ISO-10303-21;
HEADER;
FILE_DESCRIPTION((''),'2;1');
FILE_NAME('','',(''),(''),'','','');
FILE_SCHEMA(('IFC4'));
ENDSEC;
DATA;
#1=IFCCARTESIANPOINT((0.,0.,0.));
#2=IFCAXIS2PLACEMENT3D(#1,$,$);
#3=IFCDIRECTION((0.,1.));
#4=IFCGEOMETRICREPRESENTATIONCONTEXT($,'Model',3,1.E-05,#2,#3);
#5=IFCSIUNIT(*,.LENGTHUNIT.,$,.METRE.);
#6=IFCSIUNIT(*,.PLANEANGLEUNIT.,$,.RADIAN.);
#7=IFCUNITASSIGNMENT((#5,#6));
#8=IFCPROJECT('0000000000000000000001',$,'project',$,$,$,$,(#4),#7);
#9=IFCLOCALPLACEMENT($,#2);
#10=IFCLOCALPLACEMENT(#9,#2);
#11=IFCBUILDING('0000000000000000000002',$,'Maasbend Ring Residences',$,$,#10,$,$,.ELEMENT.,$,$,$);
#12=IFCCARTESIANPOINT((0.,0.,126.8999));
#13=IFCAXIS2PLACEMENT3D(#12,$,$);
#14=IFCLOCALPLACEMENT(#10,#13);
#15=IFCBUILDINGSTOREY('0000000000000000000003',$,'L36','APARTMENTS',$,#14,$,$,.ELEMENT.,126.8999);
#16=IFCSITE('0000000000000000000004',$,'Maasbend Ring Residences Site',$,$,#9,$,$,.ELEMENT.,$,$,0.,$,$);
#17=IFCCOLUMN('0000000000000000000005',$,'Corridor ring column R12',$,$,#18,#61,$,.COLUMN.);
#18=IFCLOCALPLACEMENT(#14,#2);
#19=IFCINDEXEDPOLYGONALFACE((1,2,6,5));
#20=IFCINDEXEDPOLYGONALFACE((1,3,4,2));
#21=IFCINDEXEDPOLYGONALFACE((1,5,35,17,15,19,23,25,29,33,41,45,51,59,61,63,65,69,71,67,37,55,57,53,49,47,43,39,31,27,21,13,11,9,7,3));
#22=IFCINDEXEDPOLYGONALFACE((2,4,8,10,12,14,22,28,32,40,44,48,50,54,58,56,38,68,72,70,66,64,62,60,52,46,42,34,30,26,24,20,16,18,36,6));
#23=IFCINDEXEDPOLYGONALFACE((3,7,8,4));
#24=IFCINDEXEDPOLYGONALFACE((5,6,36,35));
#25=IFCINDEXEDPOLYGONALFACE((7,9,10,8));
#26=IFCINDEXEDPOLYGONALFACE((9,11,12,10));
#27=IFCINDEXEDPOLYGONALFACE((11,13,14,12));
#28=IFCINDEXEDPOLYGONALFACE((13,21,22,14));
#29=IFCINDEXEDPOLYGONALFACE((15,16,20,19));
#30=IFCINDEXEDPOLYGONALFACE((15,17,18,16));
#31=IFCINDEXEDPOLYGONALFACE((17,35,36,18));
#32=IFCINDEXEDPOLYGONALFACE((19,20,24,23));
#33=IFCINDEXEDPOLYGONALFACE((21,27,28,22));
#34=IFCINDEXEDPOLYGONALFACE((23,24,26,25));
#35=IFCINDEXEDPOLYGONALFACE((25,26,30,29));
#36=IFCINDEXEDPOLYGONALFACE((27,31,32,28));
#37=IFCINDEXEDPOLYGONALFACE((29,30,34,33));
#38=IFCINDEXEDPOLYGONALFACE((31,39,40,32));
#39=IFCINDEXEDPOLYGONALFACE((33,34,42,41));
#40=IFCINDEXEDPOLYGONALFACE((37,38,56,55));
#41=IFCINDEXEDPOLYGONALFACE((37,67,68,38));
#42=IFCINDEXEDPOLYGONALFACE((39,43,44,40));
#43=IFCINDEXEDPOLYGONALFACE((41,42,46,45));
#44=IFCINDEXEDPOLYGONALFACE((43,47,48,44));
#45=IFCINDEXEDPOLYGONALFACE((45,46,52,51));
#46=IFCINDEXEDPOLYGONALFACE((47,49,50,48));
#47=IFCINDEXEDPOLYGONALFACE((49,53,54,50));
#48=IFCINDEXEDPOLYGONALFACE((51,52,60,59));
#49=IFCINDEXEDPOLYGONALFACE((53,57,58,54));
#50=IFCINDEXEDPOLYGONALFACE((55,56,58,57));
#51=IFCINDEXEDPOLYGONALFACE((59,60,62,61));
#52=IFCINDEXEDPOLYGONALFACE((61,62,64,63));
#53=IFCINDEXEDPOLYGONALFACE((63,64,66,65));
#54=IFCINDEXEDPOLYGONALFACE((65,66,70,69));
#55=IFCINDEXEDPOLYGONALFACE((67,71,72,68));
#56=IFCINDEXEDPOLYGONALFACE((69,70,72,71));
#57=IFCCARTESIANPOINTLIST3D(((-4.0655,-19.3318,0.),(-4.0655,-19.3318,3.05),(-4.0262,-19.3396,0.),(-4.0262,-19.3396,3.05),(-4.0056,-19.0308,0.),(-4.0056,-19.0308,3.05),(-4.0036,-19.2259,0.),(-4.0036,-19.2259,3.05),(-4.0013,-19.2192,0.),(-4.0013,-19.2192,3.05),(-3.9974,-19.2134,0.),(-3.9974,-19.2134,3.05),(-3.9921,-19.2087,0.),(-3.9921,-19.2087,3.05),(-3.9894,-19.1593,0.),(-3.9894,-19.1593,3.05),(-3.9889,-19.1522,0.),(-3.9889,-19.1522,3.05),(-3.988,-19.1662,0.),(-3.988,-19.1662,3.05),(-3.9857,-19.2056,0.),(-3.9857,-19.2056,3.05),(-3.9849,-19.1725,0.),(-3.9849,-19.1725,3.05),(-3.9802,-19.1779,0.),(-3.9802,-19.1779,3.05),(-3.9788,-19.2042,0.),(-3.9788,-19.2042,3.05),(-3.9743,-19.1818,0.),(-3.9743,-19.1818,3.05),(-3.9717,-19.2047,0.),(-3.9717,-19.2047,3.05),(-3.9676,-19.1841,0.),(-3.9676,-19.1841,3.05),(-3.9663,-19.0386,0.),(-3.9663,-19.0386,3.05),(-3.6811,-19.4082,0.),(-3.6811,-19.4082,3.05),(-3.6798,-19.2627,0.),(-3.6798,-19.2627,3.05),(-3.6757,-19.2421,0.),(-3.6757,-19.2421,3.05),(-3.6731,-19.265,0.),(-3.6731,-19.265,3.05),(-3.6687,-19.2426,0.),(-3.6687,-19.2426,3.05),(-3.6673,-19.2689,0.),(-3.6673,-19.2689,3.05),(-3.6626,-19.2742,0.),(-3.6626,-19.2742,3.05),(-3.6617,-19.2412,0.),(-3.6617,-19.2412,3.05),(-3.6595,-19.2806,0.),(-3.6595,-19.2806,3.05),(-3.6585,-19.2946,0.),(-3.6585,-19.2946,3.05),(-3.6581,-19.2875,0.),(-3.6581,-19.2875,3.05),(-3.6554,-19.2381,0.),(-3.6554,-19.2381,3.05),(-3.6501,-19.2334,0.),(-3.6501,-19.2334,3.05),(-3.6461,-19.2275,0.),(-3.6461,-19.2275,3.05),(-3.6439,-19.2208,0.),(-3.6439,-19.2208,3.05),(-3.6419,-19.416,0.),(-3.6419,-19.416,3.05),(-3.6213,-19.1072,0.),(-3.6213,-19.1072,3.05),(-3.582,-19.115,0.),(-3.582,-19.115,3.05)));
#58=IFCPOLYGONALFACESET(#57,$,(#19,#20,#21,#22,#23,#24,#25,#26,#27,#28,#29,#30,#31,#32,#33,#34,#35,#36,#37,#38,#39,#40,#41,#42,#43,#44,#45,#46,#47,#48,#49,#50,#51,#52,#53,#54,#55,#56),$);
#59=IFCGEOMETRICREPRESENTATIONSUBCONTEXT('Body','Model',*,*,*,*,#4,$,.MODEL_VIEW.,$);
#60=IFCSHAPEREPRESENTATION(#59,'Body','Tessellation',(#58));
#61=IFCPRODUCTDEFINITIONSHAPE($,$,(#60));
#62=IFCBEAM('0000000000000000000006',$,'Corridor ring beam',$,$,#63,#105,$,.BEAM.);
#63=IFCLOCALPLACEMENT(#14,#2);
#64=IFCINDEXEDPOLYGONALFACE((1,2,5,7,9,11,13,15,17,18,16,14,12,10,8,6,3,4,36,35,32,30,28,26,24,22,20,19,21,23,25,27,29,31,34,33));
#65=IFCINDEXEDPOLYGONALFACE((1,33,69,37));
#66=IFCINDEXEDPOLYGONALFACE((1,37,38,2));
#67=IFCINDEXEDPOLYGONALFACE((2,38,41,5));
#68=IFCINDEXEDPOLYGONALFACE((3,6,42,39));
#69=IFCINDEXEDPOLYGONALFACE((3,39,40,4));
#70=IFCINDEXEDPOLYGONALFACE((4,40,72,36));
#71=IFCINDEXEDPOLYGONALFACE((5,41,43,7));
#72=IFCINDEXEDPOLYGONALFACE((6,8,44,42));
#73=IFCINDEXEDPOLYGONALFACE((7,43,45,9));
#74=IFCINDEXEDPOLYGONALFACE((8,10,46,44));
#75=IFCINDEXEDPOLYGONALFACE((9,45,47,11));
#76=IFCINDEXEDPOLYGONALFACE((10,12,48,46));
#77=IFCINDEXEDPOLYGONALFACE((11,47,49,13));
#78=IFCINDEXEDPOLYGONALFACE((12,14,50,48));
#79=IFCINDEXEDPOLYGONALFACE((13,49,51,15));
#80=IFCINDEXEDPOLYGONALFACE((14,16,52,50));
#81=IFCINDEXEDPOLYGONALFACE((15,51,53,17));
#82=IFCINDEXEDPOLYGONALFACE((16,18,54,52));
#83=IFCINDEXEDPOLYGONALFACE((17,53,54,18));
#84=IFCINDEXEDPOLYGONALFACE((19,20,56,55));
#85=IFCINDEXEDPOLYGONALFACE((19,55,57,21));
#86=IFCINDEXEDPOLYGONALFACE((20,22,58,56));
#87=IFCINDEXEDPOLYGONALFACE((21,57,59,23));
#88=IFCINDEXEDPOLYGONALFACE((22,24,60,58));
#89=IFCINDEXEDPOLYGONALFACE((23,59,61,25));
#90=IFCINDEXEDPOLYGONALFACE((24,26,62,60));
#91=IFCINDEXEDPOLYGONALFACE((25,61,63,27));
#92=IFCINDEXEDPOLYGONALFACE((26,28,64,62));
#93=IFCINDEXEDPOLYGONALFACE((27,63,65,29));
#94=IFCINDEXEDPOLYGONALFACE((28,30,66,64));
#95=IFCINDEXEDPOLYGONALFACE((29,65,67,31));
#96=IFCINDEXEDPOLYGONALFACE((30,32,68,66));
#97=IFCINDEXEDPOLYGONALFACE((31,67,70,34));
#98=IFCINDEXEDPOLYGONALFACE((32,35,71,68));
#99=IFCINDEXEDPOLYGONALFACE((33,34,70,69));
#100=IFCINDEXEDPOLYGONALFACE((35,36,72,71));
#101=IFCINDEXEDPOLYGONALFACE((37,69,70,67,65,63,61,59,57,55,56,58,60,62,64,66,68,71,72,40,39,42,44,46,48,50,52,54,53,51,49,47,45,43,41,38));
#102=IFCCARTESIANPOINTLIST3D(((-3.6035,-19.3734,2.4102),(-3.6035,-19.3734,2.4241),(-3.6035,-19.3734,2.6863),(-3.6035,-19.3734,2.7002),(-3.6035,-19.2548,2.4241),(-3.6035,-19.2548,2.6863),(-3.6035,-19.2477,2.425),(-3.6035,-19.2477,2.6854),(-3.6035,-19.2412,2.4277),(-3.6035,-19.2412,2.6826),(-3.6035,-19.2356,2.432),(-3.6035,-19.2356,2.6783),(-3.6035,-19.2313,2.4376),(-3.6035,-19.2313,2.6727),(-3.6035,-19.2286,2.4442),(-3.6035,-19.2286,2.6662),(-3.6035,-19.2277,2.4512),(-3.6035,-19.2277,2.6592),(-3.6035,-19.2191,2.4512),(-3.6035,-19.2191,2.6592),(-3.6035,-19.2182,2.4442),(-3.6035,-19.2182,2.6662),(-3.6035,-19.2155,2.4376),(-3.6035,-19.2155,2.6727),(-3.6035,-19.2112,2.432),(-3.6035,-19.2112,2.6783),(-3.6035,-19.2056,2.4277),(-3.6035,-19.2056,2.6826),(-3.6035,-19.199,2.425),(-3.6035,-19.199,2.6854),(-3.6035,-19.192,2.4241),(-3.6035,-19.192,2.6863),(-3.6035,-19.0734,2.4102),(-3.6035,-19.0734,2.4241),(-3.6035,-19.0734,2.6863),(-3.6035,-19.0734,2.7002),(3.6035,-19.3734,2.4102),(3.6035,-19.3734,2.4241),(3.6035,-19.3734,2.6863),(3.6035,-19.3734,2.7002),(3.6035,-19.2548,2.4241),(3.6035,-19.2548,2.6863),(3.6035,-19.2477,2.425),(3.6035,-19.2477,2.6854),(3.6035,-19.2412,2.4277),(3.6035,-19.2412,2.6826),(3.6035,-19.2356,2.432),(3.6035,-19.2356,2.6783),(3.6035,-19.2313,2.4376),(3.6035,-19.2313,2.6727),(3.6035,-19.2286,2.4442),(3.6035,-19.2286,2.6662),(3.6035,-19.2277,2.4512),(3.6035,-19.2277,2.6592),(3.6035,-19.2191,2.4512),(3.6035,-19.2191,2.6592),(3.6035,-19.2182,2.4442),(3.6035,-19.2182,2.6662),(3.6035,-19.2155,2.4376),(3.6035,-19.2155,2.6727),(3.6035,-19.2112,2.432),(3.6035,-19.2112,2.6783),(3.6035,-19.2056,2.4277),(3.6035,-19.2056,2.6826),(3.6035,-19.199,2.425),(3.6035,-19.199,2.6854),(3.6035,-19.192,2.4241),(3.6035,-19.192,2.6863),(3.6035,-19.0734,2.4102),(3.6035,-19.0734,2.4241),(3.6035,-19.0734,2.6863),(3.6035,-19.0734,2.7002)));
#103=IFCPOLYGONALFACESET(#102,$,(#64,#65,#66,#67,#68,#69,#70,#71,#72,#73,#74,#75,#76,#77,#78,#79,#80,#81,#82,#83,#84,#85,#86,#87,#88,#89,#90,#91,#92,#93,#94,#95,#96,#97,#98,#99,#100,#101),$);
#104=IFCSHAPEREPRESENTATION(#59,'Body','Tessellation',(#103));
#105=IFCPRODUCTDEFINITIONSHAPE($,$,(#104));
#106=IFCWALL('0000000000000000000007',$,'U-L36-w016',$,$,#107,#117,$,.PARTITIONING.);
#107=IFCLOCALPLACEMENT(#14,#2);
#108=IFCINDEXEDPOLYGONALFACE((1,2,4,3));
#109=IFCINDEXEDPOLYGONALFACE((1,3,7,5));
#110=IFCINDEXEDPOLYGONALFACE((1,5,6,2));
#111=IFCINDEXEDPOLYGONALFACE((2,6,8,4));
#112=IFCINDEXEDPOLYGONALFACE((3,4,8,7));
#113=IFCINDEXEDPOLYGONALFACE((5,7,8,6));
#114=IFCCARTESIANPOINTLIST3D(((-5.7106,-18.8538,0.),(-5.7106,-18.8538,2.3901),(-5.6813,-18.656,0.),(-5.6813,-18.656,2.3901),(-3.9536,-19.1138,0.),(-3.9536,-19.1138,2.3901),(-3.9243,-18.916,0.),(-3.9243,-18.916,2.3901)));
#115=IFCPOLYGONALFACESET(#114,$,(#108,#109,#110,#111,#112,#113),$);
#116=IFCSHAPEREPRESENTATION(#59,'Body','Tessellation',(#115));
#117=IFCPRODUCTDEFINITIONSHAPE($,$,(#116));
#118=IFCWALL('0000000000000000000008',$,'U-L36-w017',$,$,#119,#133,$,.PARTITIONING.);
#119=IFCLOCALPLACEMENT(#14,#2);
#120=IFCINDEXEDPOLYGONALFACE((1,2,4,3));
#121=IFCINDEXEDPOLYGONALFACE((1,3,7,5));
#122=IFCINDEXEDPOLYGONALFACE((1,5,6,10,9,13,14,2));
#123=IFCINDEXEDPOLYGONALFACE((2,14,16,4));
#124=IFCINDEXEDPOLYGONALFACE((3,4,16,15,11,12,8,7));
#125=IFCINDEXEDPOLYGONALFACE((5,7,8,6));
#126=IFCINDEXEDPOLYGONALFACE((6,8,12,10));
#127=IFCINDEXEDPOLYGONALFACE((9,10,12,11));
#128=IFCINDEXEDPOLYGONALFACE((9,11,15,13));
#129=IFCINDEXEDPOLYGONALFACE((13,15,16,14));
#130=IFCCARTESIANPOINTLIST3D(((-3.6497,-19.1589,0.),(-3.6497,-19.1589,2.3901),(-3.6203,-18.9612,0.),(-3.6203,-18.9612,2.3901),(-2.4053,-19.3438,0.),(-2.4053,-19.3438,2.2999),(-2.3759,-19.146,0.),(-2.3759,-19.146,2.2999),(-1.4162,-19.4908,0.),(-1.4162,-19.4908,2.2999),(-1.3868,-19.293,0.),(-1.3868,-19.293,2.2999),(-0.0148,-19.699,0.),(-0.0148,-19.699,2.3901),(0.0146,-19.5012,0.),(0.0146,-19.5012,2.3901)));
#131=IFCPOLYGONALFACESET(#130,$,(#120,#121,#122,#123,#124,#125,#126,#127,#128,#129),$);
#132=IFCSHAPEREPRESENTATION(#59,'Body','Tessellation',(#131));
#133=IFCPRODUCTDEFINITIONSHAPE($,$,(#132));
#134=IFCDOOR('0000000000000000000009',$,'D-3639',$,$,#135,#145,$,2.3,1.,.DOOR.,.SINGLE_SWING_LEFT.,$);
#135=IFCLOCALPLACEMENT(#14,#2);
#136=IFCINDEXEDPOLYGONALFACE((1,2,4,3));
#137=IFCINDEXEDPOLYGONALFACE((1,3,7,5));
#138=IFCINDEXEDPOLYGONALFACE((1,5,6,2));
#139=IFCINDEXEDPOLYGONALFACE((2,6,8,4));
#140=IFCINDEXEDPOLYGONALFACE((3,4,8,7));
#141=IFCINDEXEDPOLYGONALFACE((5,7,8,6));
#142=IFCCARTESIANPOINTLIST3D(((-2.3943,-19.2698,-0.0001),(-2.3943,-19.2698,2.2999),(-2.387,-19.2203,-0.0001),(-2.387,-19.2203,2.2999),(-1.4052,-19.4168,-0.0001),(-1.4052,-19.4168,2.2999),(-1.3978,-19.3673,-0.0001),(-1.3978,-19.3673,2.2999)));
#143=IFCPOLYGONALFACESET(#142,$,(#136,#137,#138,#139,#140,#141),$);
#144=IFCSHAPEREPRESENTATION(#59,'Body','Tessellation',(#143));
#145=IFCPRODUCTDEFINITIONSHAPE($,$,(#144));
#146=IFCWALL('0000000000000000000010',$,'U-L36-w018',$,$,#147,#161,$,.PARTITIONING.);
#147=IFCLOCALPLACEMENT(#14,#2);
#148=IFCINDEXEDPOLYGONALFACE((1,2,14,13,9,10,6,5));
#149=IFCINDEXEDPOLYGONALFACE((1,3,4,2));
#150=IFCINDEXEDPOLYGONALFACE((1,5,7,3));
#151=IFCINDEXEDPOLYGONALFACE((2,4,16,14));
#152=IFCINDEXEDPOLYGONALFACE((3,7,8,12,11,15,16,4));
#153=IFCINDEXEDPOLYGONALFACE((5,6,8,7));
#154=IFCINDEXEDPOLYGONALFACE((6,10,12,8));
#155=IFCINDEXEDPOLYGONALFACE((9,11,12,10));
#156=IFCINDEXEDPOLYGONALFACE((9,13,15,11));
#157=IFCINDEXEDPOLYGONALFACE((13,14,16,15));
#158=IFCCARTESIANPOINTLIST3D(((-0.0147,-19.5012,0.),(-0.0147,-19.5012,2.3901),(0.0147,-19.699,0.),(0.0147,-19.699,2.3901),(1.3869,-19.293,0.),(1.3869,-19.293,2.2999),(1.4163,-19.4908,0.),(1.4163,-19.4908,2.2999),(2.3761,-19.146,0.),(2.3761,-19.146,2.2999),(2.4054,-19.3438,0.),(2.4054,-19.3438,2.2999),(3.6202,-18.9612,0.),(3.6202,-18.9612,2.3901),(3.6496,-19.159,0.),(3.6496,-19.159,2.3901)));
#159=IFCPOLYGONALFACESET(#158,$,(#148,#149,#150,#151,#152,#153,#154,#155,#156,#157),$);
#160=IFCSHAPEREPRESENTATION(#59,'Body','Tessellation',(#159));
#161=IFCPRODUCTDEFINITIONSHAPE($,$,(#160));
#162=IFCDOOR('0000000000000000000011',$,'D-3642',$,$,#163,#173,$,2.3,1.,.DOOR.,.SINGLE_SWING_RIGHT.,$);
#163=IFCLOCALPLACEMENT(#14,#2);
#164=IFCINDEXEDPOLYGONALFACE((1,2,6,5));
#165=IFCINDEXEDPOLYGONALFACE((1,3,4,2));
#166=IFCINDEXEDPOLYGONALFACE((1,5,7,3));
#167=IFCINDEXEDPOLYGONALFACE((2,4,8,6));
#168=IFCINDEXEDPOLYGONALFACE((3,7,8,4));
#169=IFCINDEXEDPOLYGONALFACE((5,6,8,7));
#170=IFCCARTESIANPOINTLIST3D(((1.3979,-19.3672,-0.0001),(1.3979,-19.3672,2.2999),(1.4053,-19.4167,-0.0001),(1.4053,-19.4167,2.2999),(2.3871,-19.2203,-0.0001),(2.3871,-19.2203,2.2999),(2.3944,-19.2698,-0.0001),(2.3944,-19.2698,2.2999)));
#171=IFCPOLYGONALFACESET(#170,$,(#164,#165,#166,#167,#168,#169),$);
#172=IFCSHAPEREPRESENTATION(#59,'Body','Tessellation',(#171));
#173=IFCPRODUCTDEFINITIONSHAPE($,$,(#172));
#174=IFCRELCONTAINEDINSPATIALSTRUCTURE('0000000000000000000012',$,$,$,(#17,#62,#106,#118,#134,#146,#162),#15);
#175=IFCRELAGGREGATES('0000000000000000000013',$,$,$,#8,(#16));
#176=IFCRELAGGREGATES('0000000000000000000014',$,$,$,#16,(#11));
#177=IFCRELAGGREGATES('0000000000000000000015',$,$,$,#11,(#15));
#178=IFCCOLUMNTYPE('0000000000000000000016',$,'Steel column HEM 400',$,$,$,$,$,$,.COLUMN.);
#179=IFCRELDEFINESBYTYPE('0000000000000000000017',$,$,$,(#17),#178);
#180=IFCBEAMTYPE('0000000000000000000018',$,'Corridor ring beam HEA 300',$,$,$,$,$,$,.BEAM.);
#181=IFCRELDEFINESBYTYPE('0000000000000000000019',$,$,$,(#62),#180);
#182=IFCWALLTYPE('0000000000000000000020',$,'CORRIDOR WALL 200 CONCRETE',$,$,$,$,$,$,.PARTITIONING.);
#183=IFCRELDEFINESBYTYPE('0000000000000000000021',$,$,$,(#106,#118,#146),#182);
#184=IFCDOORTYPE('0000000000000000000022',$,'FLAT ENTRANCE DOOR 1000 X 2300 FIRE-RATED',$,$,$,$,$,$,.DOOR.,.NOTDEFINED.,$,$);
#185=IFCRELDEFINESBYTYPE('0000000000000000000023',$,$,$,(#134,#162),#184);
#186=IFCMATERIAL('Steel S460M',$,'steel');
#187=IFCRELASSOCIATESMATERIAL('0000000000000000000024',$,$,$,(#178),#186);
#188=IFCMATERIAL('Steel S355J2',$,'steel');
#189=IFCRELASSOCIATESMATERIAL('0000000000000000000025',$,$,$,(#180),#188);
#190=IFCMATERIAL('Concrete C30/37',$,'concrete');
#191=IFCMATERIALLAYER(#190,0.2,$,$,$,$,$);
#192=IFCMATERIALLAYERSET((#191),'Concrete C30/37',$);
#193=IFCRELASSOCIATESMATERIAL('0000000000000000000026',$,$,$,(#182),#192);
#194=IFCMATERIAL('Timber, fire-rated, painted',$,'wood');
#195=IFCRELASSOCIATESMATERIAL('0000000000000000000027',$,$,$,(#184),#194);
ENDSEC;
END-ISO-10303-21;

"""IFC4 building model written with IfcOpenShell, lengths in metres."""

from ifc_helpers import new_model, si_unit, direction, frame, frame_2d, origin, origin_2d, place, context, subcontext, project, spatial, rectangle, i_section, extrude, material, layer, layer_set, material_profile, profile_set, type_object, element, fill, save


model = new_model("IFC4")

# Units and contexts
model_context = context("Model", 3, precision=1e-05, world=origin(), true_north=direction((0.0, 1.0)))
body_context = subcontext(model_context, "Body", "Model", "MODEL_VIEW")
ifc_project = project(units=[si_unit("LENGTHUNIT", "METRE"), si_unit("PLANEANGLEUNIT", "RADIAN")], contexts=[model_context])

# Site, building, storey
site_placement = place(None, origin())
site = spatial("IfcSite", under=ifc_project, at=site_placement, Name="Maasbend Ring Residences Site", CompositionType="ELEMENT", RefElevation=0.0)
building_placement = place(site_placement, origin())
building = spatial("IfcBuilding", under=site, at=building_placement, Name="Maasbend Ring Residences", CompositionType="ELEMENT")
storey_placement = place(building_placement, frame((0.0, 0.0, 126.8999)))
storey = spatial("IfcBuildingStorey", under=building, at=storey_placement, Name="L36", Description="APARTMENTS", CompositionType="ELEMENT", Elevation=126.8999)

# Column
ifc_material_1 = material(Name="Steel S460M", Category="steel")
ifc_material_profile_1 = material_profile(ifc_material_1, i_section(OverallWidth=0.3069, OverallDepth=0.4319, WebThickness=0.021, FlangeThickness=0.04, FilletRadius=0.0271, at=origin_2d()), Name="HEM 400")
ifc_profile_set_1 = profile_set([ifc_material_profile_1], Name="Steel S460M")
column_type = type_object("IfcColumnType", Name="Steel column HEM 400", PredefinedType="COLUMN", material=ifc_profile_set_1)
column_placement = place(storey_placement, frame((-3.8237, -19.2234, 0.0), z_axis=(0.0, 0.0, 1.0), x_axis=(-0.19509, -0.980785, 0.0)))
element("IfcColumn", 1, at=column_placement, inside=storey, type_object=column_type, Name="Corridor ring column R12", PredefinedType="COLUMN", context=body_context, shape_type="SweptSolid", body=[
    extrude(i_section(OverallWidth=0.3069, OverallDepth=0.4319, WebThickness=0.021, FlangeThickness=0.04, FilletRadius=0.0271, at=origin_2d()), origin(), (0.0, 0.0, 1.0), 3.05),
])

# Beam
ifc_material_2 = material(Name="Steel S355J2", Category="steel")
ifc_material_profile_2 = material_profile(ifc_material_2, i_section(OverallWidth=0.3, OverallDepth=0.29, WebThickness=0.0085, FlangeThickness=0.0139, FilletRadius=0.0271, at=origin_2d()), Name="HEA 300")
ifc_profile_set_2 = profile_set([ifc_material_profile_2], Name="Steel S355J2")
beam_type = type_object("IfcBeamType", Name="Corridor ring beam HEA 300", PredefinedType="BEAM", material=ifc_profile_set_2)
beam_placement = place(storey_placement, frame((-3.6035, -19.2234, 2.5552), z_axis=(1.0, 0.0, 0.0), x_axis=(0.0, 1.0, 0.0)))
element("IfcBeam", 2, at=beam_placement, inside=storey, type_object=beam_type, Name="Corridor ring beam", PredefinedType="BEAM", context=body_context, shape_type="SweptSolid", body=[
    extrude(i_section(OverallWidth=0.3, OverallDepth=0.29, WebThickness=0.0085, FlangeThickness=0.0139, FilletRadius=0.0271, at=origin_2d()), origin(), (0.0, 0.0, 1.0), 7.207),
])

# Wall
ifc_material_3 = material(Name="Concrete C30/37", Category="concrete")
ifc_layer_1 = layer(ifc_material_3, 0.2)
ifc_layer_set_1 = layer_set([ifc_layer_1], Name="Concrete C30/37")
wall_type_1 = type_object("IfcWallType", Name="CORRIDOR WALL 200 CONCRETE", PredefinedType="PARTITIONING", material=ifc_layer_set_1)
wall_1_placement = place(storey_placement, frame((-5.696, -18.7549, 0.0), z_axis=(0.0, 0.0, 1.0), x_axis=(0.989228, -0.146384, 0.0)))
element("IfcWall", 3, at=wall_1_placement, inside=storey, type_object=wall_type_1, Name="U-L36-w016", PredefinedType="PARTITIONING", context=body_context, shape_type="SweptSolid", body=[
    extrude(rectangle(XDim=1.7761, YDim=0.2, at=frame_2d((0.8882, 0.0))), origin(), (0.0, 0.0, 1.0), 2.3901),
])

# Walls, openings, doors
wall_2_placement = place(storey_placement, frame((-3.635, -19.0601, 0.0), z_axis=(0.0, 0.0, 1.0), x_axis=(0.989143, -0.146953, 0.0)))
wall_2 = element("IfcWall", 4, at=wall_2_placement, inside=storey, type_object=wall_type_1, Name="U-L36-w017", PredefinedType="PARTITIONING", context=body_context, shape_type="SweptSolid", body=[
    extrude(rectangle(XDim=3.6748, YDim=0.2, at=frame_2d((1.8374, 0.0))), origin(), (0.0, 0.0, 1.0), 2.3901),
])
opening_1_placement = place(wall_2_placement, frame((1.2581, 0.0, 0.0)))
opening_1 = element("IfcOpeningElement", 5, at=opening_1_placement, cuts=wall_2, PredefinedType="OPENING", context=body_context, shape_type="SweptSolid", body=[
    extrude(rectangle(XDim=1.0, YDim=2.3, at=frame_2d((0.5, 1.1499))), frame((0.0, 0.1099, 0.0), z_axis=(0.0, -1.0, 0.0), x_axis=(1.0, 0.0, 0.0)), (0.0, 0.0, 1.0), 0.22),
])
ifc_material_4 = material(Name="Timber, fire-rated, painted", Category="wood")
door_type_1 = type_object("IfcDoorType", Name="FLAT ENTRANCE DOOR 1000 X 2300 FIRE-RATED", OperationType="NOTDEFINED", PredefinedType="DOOR", material=ifc_material_4)
door_1_placement = place(opening_1_placement, origin())
door_1 = element("IfcDoor", 6, at=door_1_placement, inside=storey, type_object=door_type_1, Name="D-3639", OperationType="SINGLE_SWING_LEFT", OverallHeight=2.3, OverallWidth=1.0, PredefinedType="DOOR", context=body_context, shape_type="SweptSolid", body=[
    extrude(rectangle(XDim=1.0, YDim=2.3, at=frame_2d((0.5, 1.1499))), frame((0.0, 0.0249, 0.0), z_axis=(0.0, -1.0, 0.0), x_axis=(1.0, 0.0, 0.0)), (0.0, 0.0, 1.0), 0.05),
])
fill(opening_1, door_1)
wall_3_placement = place(storey_placement, frame((0.0, -19.6001, 0.0), z_axis=(0.0, 0.0, 1.0), x_axis=(0.989143, 0.146953, 0.0)))
wall_3 = element("IfcWall", 7, at=wall_3_placement, inside=storey, type_object=wall_type_1, Name="U-L36-w018", PredefinedType="PARTITIONING", context=body_context, shape_type="SweptSolid", body=[
    extrude(rectangle(XDim=3.6748, YDim=0.2, at=frame_2d((1.8374, 0.0))), origin(), (0.0, 0.0, 1.0), 2.3901),
])
opening_2_placement = place(wall_3_placement, frame((1.417, 0.0, 0.0)))
opening_2 = element("IfcOpeningElement", 8, at=opening_2_placement, cuts=wall_3, PredefinedType="OPENING", context=body_context, shape_type="SweptSolid", body=[
    extrude(rectangle(XDim=1.0, YDim=2.3, at=frame_2d((0.5, 1.1499))), frame((0.0, 0.1099, 0.0), z_axis=(0.0, -1.0, 0.0), x_axis=(1.0, 0.0, 0.0)), (0.0, 0.0, 1.0), 0.22),
])
door_2_placement = place(opening_2_placement, origin())
door_2 = element("IfcDoor", 9, at=door_2_placement, inside=storey, type_object=door_type_1, Name="D-3642", OperationType="SINGLE_SWING_RIGHT", OverallHeight=2.3, OverallWidth=1.0, PredefinedType="DOOR", context=body_context, shape_type="SweptSolid", body=[
    extrude(rectangle(XDim=1.0, YDim=2.3, at=frame_2d((0.5, 1.1499))), frame((0.0, 0.0249, 0.0), z_axis=(0.0, -1.0, 0.0), x_axis=(1.0, 0.0, 0.0)), (0.0, 0.0, 1.0), 0.05),
])
fill(opening_2, door_2)

save(model, "model.ifc")
